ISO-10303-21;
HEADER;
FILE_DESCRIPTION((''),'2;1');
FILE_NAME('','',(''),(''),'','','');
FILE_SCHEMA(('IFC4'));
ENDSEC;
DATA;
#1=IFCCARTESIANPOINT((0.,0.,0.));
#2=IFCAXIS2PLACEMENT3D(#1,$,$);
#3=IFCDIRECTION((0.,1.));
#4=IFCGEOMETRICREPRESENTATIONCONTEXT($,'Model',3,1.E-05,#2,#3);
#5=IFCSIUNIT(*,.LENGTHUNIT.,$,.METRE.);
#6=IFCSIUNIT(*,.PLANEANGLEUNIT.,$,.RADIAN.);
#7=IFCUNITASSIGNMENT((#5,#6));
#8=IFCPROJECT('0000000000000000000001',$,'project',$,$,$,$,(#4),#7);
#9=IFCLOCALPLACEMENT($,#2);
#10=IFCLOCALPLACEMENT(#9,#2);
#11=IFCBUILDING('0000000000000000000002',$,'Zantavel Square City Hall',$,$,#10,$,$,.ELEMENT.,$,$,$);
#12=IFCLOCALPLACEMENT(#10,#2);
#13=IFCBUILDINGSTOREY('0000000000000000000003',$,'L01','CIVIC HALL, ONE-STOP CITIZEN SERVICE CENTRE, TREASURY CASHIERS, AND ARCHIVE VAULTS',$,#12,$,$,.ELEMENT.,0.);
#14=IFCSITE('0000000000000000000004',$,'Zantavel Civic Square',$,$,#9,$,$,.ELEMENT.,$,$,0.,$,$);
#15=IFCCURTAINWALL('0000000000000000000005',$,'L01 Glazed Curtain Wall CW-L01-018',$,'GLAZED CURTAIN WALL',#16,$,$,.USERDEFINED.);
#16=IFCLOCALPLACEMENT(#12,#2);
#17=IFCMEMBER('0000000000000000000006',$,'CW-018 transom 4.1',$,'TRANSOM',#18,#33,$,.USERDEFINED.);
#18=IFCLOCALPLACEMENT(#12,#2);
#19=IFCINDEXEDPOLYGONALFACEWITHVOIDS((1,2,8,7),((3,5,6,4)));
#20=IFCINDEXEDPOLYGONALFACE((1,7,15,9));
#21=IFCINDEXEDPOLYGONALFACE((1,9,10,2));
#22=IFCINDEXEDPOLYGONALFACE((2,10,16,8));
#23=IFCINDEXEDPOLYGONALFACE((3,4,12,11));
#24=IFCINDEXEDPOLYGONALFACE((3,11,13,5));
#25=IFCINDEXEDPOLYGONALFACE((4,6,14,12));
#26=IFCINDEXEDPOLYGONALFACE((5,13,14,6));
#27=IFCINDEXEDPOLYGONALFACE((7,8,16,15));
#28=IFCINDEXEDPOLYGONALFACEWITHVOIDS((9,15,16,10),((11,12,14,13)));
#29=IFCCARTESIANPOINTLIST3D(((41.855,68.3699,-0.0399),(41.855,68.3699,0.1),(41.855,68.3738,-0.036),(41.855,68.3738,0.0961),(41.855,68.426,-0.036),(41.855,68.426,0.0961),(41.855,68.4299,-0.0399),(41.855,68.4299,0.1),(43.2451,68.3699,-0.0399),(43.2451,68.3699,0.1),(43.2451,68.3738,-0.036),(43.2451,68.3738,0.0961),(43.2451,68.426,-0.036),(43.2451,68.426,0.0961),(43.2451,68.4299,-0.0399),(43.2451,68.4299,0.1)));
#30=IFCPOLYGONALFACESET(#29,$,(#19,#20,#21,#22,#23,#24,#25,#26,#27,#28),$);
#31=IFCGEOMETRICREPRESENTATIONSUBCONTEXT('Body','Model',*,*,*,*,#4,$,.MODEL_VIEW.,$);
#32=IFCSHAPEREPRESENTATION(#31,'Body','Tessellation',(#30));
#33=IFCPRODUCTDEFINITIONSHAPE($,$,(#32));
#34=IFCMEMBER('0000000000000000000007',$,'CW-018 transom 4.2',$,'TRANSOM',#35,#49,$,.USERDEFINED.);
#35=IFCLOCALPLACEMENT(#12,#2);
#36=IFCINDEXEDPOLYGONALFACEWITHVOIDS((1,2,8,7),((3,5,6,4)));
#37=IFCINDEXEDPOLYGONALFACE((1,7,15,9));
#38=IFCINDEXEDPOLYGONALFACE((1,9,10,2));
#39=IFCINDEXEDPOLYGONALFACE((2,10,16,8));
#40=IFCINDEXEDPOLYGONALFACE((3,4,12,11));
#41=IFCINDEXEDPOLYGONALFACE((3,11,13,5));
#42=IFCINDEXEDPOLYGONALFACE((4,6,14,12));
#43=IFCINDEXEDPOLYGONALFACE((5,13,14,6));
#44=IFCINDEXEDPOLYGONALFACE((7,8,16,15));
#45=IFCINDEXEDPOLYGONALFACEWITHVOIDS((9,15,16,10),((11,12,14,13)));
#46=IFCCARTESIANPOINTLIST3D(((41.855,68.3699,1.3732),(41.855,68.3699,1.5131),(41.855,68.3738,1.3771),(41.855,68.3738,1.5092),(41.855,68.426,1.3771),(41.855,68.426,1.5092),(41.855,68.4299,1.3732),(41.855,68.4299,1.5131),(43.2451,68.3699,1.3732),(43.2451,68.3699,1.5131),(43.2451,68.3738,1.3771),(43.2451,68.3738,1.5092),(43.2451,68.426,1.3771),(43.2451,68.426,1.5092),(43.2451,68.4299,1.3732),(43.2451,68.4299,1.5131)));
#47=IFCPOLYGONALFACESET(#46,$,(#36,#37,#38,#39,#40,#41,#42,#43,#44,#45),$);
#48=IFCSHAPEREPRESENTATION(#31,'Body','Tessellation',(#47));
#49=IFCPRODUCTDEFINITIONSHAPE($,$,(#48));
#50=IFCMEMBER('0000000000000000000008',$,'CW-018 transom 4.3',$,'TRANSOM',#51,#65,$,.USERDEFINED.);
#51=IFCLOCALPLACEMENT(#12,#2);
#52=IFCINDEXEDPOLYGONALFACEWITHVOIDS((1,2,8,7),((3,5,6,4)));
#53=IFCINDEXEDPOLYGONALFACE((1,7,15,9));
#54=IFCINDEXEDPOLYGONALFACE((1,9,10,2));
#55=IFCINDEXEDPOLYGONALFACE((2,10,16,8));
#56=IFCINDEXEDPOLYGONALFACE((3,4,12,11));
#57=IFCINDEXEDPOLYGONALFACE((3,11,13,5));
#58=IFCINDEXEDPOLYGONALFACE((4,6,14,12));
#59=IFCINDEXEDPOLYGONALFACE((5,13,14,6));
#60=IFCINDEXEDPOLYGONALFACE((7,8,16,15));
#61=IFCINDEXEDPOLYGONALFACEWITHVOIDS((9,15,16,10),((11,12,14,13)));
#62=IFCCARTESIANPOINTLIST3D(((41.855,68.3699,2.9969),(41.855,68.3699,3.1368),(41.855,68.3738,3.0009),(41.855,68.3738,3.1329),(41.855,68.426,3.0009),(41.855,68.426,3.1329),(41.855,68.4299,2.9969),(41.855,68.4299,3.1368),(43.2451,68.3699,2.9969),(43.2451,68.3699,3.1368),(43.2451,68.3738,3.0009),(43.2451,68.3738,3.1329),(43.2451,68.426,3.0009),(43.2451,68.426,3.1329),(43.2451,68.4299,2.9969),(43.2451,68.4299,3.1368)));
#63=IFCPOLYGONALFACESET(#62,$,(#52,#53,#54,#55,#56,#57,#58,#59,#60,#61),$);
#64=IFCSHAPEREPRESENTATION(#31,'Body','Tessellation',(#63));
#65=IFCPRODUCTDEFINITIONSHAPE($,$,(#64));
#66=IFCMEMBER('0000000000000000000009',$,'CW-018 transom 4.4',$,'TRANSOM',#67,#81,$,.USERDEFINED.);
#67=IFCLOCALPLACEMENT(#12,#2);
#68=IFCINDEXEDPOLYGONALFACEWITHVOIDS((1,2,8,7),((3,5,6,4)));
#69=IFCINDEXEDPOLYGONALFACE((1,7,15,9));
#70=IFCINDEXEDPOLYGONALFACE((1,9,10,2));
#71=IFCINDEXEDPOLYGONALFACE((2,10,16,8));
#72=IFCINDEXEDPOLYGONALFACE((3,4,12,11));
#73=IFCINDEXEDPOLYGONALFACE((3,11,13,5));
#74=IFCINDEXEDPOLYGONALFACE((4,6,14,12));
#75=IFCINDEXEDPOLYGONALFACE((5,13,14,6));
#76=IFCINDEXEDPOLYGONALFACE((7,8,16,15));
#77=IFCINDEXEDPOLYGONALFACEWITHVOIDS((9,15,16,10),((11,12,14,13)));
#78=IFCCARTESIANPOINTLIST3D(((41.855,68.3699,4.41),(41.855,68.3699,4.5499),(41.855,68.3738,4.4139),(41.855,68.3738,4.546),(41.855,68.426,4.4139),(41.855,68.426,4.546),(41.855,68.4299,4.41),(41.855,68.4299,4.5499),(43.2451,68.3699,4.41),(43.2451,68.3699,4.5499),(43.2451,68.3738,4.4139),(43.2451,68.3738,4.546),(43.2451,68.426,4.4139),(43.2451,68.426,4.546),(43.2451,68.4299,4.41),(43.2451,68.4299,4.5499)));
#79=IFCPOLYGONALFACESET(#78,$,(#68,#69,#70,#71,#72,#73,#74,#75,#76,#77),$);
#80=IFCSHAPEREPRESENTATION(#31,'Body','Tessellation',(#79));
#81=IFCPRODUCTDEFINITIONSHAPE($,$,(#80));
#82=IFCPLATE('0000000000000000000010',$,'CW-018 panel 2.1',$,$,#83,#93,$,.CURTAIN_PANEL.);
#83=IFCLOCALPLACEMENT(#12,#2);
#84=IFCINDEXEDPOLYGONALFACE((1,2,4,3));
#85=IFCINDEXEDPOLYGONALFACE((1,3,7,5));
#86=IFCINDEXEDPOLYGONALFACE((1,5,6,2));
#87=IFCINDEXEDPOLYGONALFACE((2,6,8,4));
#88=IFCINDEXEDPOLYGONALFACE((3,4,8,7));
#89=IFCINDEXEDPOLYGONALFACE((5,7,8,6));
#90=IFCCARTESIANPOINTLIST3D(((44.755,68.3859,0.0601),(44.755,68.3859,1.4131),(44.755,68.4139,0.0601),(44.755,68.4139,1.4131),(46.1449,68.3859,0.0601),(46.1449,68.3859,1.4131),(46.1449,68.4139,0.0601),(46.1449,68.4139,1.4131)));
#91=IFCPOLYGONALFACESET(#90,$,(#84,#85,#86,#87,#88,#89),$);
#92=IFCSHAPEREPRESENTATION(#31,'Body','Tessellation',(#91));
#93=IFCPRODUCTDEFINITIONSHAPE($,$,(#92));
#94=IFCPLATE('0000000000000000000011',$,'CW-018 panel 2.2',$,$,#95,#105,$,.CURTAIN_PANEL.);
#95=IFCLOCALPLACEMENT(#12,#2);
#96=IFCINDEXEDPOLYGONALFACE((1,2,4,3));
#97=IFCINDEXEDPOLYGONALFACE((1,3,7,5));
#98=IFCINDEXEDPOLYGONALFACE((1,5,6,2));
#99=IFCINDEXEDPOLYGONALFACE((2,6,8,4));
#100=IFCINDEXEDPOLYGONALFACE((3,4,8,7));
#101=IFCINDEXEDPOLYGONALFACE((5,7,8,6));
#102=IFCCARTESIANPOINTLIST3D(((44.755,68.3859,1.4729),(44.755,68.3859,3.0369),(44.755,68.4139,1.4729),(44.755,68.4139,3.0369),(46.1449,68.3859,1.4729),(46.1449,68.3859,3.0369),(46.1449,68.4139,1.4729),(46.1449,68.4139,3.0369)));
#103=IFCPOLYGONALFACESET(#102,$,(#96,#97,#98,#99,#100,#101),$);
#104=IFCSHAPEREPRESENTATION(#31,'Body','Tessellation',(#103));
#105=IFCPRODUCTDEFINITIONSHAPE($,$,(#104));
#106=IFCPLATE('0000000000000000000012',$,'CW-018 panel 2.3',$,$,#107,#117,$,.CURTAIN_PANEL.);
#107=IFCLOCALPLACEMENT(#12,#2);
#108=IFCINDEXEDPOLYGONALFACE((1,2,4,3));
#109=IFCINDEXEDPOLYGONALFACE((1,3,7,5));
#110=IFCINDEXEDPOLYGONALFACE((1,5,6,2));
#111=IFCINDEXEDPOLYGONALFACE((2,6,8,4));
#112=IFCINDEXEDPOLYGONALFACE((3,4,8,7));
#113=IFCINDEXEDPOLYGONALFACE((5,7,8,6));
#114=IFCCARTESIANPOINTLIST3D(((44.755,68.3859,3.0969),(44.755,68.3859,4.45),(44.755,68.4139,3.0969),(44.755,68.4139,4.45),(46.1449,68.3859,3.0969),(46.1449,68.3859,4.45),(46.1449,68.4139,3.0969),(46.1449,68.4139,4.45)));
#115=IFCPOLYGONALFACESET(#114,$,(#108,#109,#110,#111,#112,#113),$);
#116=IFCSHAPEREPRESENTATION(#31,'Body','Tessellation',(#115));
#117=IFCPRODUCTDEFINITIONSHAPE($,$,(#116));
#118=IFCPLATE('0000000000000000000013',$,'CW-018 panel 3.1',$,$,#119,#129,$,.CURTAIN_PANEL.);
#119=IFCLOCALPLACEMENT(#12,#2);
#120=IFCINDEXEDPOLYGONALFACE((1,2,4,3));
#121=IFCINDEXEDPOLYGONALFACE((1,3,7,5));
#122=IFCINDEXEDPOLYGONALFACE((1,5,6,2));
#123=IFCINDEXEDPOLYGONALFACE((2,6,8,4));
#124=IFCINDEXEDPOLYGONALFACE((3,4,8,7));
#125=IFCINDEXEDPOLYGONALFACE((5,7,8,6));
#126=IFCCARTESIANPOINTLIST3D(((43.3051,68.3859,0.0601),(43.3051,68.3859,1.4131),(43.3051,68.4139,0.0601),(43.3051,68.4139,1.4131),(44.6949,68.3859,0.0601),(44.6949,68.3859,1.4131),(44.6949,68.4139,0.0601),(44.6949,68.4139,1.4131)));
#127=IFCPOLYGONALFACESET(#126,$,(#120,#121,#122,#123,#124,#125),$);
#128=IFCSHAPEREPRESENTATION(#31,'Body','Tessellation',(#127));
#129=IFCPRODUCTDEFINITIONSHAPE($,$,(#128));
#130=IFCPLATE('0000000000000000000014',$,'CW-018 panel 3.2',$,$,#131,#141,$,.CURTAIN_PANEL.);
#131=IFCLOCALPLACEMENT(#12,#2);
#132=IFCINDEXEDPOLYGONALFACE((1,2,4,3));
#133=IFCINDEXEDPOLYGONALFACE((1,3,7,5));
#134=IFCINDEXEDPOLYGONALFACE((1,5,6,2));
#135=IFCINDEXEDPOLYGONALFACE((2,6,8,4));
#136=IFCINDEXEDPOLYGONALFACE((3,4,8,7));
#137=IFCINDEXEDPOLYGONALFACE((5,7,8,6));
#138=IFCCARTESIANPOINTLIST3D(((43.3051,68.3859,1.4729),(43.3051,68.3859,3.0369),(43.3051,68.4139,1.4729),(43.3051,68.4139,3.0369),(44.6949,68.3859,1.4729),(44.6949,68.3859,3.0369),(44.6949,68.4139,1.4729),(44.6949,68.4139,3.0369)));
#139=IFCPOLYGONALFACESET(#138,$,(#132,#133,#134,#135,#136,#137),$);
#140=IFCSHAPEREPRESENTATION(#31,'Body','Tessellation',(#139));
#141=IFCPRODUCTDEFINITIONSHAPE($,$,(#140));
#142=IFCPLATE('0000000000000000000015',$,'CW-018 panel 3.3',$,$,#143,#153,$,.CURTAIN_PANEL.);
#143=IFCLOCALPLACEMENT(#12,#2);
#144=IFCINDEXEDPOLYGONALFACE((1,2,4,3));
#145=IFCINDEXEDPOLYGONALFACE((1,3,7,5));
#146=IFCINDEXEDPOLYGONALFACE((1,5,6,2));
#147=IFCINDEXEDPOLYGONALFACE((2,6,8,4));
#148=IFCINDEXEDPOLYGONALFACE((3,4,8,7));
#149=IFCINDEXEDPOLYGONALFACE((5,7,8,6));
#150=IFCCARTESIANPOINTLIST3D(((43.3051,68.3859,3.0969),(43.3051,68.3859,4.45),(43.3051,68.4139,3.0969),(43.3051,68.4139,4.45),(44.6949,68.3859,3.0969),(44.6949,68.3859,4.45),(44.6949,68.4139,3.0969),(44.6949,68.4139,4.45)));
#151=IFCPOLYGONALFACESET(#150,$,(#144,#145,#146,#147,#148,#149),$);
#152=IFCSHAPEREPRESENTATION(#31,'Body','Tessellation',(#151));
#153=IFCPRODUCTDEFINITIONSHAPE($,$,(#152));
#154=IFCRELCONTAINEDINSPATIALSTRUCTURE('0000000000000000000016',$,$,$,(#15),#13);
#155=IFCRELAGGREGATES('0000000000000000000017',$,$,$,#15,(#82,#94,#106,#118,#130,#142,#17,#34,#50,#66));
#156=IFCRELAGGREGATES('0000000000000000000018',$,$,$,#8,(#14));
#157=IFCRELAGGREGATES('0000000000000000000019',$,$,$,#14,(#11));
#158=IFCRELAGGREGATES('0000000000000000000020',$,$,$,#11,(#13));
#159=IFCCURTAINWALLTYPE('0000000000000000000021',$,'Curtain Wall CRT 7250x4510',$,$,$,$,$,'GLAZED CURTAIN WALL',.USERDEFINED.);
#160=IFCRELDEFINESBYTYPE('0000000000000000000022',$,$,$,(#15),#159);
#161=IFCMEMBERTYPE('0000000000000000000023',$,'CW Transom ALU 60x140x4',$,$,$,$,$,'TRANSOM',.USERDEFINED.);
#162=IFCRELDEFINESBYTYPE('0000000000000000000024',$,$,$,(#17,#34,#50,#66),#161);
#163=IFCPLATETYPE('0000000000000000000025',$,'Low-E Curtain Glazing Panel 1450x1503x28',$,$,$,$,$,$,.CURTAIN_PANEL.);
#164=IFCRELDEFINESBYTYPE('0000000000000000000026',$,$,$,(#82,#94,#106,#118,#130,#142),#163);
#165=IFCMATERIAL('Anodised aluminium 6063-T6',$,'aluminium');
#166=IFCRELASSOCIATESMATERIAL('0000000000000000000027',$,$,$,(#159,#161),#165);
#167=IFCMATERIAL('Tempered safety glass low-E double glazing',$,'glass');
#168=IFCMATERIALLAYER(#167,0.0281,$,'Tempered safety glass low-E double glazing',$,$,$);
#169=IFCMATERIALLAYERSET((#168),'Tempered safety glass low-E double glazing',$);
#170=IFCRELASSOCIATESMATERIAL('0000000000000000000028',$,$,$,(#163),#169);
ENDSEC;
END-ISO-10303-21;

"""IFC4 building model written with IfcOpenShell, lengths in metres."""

from ifc_helpers import new_model, si_unit, direction, frame, origin, origin_2d, place, context, subcontext, project, spatial, rectangle, hollow_rectangle, extrude, material, layer, layer_set, material_profile, profile_set, type_object, element, aggregate, save


model = new_model("IFC4")

# Units and contexts
model_context = context("Model", 3, precision=1e-05, world=origin(), true_north=direction((0.0, 1.0)))
body_context = subcontext(model_context, "Body", "Model", "MODEL_VIEW")
ifc_project = project(units=[si_unit("LENGTHUNIT", "METRE"), si_unit("PLANEANGLEUNIT", "RADIAN")], contexts=[model_context])

# Site, building, storey
site_placement = place(None, origin())
site = spatial("IfcSite", under=ifc_project, at=site_placement, Name="Zantavel Civic Square", CompositionType="ELEMENT", RefElevation=0.0)
building_placement = place(site_placement, origin())
building = spatial("IfcBuilding", under=site, at=building_placement, Name="Zantavel Square City Hall", CompositionType="ELEMENT")
storey_placement = place(building_placement, origin())
storey = spatial("IfcBuildingStorey", under=building, at=storey_placement, Name="L01", Description="CIVIC HALL, ONE-STOP CITIZEN SERVICE CENTRE, TREASURY CASHIERS, AND ARCHIVE VAULTS", CompositionType="ELEMENT", Elevation=0.0)

# Curtain wall, members, plates
ifc_material_1 = material(Name="Anodised aluminium 6063-T6", Category="aluminium")
curtain_wall_type = type_object("IfcCurtainWallType", Name="Curtain Wall CRT 7250x4510", ElementType="GLAZED CURTAIN WALL", PredefinedType="USERDEFINED", material=ifc_material_1)
curtain_wall_placement = place(storey_placement, origin())
curtain_wall = element("IfcCurtainWall", 1, at=curtain_wall_placement, inside=storey, type_object=curtain_wall_type, Name="L01 Glazed Curtain Wall CW-L01-018", ObjectType="GLAZED CURTAIN WALL", PredefinedType="USERDEFINED")
ifc_material_profile_1 = material_profile(ifc_material_1, hollow_rectangle(XDim=0.0601, YDim=0.1399, WallThickness=0.0039, at=origin_2d()), Name="ALU 60x140x4")
ifc_profile_set_1 = profile_set([ifc_material_profile_1], Name="Anodised aluminium 6063-T6")
member_type_1 = type_object("IfcMemberType", Name="CW Transom ALU 60x140x4", ElementType="TRANSOM", PredefinedType="USERDEFINED", material=ifc_profile_set_1)
member_1_placement = place(storey_placement, frame((43.2451, 68.3999, 0.03), z_axis=(-1.0, 0.0, 0.0), x_axis=(0.0, -1.0, 0.0)))
member_1 = element("IfcMember", 2, at=member_1_placement, type_object=member_type_1, Name="CW-018 transom 4.1", ObjectType="TRANSOM", PredefinedType="USERDEFINED", context=body_context, shape_type="SweptSolid", body=[
    extrude(hollow_rectangle(XDim=0.0601, YDim=0.1399, WallThickness=0.0039, at=origin_2d()), origin(), (0.0, 0.0, 1.0), 1.3901),
])
member_2_placement = place(storey_placement, frame((43.2451, 68.3999, 1.4431), z_axis=(-1.0, 0.0, 0.0), x_axis=(0.0, -1.0, 0.0)))
member_2 = element("IfcMember", 3, at=member_2_placement, type_object=member_type_1, Name="CW-018 transom 4.2", ObjectType="TRANSOM", PredefinedType="USERDEFINED", context=body_context, shape_type="SweptSolid", body=[
    extrude(hollow_rectangle(XDim=0.0601, YDim=0.1399, WallThickness=0.0039, at=origin_2d()), origin(), (0.0, 0.0, 1.0), 1.3901),
])
member_3_placement = place(storey_placement, frame((43.2451, 68.3999, 3.0669), z_axis=(-1.0, 0.0, 0.0), x_axis=(0.0, -1.0, 0.0)))
member_3 = element("IfcMember", 4, at=member_3_placement, type_object=member_type_1, Name="CW-018 transom 4.3", ObjectType="TRANSOM", PredefinedType="USERDEFINED", context=body_context, shape_type="SweptSolid", body=[
    extrude(hollow_rectangle(XDim=0.0601, YDim=0.1399, WallThickness=0.0039, at=origin_2d()), origin(), (0.0, 0.0, 1.0), 1.3901),
])
member_4_placement = place(storey_placement, frame((43.2451, 68.3999, 4.48), z_axis=(-1.0, 0.0, 0.0), x_axis=(0.0, -1.0, 0.0)))
member_4 = element("IfcMember", 5, at=member_4_placement, type_object=member_type_1, Name="CW-018 transom 4.4", ObjectType="TRANSOM", PredefinedType="USERDEFINED", context=body_context, shape_type="SweptSolid", body=[
    extrude(hollow_rectangle(XDim=0.0601, YDim=0.1399, WallThickness=0.0039, at=origin_2d()), origin(), (0.0, 0.0, 1.0), 1.3901),
])
ifc_material_2 = material(Name="Tempered safety glass low-E double glazing", Category="glass")
ifc_layer = layer(ifc_material_2, 0.0281, Name="Tempered safety glass low-E double glazing")
ifc_layer_set = layer_set([ifc_layer], Name="Tempered safety glass low-E double glazing")
plate_type = type_object("IfcPlateType", Name="Low-E Curtain Glazing Panel 1450x1503x28", PredefinedType="CURTAIN_PANEL", material=ifc_layer_set)
plate_1_placement = place(storey_placement, frame((45.45, 68.3999, 0.0601), z_axis=(0.0, 0.0, 1.0), x_axis=(-1.0, 0.0, 0.0)))
plate_1 = element("IfcPlate", 6, at=plate_1_placement, type_object=plate_type, Name="CW-018 panel 2.1", PredefinedType="CURTAIN_PANEL", context=body_context, shape_type="SweptSolid", body=[
    extrude(rectangle(XDim=1.3899, YDim=0.0281, at=origin_2d()), origin(), (0.0, 0.0, 1.0), 1.353),
])
plate_2_placement = place(storey_placement, frame((45.45, 68.3999, 1.4729), z_axis=(0.0, 0.0, 1.0), x_axis=(-1.0, 0.0, 0.0)))
plate_2 = element("IfcPlate", 7, at=plate_2_placement, type_object=plate_type, Name="CW-018 panel 2.2", PredefinedType="CURTAIN_PANEL", context=body_context, shape_type="SweptSolid", body=[
    extrude(rectangle(XDim=1.3899, YDim=0.0281, at=origin_2d()), origin(), (0.0, 0.0, 1.0), 1.564),
])
plate_3_placement = place(storey_placement, frame((45.45, 68.3999, 3.0969), z_axis=(0.0, 0.0, 1.0), x_axis=(-1.0, 0.0, 0.0)))
plate_3 = element("IfcPlate", 8, at=plate_3_placement, type_object=plate_type, Name="CW-018 panel 2.3", PredefinedType="CURTAIN_PANEL", context=body_context, shape_type="SweptSolid", body=[
    extrude(rectangle(XDim=1.3899, YDim=0.0281, at=origin_2d()), origin(), (0.0, 0.0, 1.0), 1.353),
])
plate_4_placement = place(storey_placement, frame((44.0, 68.3999, 0.0601), z_axis=(0.0, 0.0, 1.0), x_axis=(-1.0, 0.0, 0.0)))
plate_4 = element("IfcPlate", 9, at=plate_4_placement, type_object=plate_type, Name="CW-018 panel 3.1", PredefinedType="CURTAIN_PANEL", context=body_context, shape_type="SweptSolid", body=[
    extrude(rectangle(XDim=1.3899, YDim=0.0281, at=origin_2d()), origin(), (0.0, 0.0, 1.0), 1.353),
])
plate_5_placement = place(storey_placement, frame((44.0, 68.3999, 1.4729), z_axis=(0.0, 0.0, 1.0), x_axis=(-1.0, 0.0, 0.0)))
plate_5 = element("IfcPlate", 10, at=plate_5_placement, type_object=plate_type, Name="CW-018 panel 3.2", PredefinedType="CURTAIN_PANEL", context=body_context, shape_type="SweptSolid", body=[
    extrude(rectangle(XDim=1.3899, YDim=0.0281, at=origin_2d()), origin(), (0.0, 0.0, 1.0), 1.564),
])
plate_6_placement = place(storey_placement, frame((44.0, 68.3999, 3.0969), z_axis=(0.0, 0.0, 1.0), x_axis=(-1.0, 0.0, 0.0)))
plate_6 = element("IfcPlate", 11, at=plate_6_placement, type_object=plate_type, Name="CW-018 panel 3.3", PredefinedType="CURTAIN_PANEL", context=body_context, shape_type="SweptSolid", body=[
    extrude(rectangle(XDim=1.3899, YDim=0.0281, at=origin_2d()), origin(), (0.0, 0.0, 1.0), 1.353),
])
aggregate(curtain_wall, [plate_1, plate_2, plate_3, plate_4, plate_5, plate_6, member_1, member_2, member_3, member_4])

save(model, "model.ifc")
